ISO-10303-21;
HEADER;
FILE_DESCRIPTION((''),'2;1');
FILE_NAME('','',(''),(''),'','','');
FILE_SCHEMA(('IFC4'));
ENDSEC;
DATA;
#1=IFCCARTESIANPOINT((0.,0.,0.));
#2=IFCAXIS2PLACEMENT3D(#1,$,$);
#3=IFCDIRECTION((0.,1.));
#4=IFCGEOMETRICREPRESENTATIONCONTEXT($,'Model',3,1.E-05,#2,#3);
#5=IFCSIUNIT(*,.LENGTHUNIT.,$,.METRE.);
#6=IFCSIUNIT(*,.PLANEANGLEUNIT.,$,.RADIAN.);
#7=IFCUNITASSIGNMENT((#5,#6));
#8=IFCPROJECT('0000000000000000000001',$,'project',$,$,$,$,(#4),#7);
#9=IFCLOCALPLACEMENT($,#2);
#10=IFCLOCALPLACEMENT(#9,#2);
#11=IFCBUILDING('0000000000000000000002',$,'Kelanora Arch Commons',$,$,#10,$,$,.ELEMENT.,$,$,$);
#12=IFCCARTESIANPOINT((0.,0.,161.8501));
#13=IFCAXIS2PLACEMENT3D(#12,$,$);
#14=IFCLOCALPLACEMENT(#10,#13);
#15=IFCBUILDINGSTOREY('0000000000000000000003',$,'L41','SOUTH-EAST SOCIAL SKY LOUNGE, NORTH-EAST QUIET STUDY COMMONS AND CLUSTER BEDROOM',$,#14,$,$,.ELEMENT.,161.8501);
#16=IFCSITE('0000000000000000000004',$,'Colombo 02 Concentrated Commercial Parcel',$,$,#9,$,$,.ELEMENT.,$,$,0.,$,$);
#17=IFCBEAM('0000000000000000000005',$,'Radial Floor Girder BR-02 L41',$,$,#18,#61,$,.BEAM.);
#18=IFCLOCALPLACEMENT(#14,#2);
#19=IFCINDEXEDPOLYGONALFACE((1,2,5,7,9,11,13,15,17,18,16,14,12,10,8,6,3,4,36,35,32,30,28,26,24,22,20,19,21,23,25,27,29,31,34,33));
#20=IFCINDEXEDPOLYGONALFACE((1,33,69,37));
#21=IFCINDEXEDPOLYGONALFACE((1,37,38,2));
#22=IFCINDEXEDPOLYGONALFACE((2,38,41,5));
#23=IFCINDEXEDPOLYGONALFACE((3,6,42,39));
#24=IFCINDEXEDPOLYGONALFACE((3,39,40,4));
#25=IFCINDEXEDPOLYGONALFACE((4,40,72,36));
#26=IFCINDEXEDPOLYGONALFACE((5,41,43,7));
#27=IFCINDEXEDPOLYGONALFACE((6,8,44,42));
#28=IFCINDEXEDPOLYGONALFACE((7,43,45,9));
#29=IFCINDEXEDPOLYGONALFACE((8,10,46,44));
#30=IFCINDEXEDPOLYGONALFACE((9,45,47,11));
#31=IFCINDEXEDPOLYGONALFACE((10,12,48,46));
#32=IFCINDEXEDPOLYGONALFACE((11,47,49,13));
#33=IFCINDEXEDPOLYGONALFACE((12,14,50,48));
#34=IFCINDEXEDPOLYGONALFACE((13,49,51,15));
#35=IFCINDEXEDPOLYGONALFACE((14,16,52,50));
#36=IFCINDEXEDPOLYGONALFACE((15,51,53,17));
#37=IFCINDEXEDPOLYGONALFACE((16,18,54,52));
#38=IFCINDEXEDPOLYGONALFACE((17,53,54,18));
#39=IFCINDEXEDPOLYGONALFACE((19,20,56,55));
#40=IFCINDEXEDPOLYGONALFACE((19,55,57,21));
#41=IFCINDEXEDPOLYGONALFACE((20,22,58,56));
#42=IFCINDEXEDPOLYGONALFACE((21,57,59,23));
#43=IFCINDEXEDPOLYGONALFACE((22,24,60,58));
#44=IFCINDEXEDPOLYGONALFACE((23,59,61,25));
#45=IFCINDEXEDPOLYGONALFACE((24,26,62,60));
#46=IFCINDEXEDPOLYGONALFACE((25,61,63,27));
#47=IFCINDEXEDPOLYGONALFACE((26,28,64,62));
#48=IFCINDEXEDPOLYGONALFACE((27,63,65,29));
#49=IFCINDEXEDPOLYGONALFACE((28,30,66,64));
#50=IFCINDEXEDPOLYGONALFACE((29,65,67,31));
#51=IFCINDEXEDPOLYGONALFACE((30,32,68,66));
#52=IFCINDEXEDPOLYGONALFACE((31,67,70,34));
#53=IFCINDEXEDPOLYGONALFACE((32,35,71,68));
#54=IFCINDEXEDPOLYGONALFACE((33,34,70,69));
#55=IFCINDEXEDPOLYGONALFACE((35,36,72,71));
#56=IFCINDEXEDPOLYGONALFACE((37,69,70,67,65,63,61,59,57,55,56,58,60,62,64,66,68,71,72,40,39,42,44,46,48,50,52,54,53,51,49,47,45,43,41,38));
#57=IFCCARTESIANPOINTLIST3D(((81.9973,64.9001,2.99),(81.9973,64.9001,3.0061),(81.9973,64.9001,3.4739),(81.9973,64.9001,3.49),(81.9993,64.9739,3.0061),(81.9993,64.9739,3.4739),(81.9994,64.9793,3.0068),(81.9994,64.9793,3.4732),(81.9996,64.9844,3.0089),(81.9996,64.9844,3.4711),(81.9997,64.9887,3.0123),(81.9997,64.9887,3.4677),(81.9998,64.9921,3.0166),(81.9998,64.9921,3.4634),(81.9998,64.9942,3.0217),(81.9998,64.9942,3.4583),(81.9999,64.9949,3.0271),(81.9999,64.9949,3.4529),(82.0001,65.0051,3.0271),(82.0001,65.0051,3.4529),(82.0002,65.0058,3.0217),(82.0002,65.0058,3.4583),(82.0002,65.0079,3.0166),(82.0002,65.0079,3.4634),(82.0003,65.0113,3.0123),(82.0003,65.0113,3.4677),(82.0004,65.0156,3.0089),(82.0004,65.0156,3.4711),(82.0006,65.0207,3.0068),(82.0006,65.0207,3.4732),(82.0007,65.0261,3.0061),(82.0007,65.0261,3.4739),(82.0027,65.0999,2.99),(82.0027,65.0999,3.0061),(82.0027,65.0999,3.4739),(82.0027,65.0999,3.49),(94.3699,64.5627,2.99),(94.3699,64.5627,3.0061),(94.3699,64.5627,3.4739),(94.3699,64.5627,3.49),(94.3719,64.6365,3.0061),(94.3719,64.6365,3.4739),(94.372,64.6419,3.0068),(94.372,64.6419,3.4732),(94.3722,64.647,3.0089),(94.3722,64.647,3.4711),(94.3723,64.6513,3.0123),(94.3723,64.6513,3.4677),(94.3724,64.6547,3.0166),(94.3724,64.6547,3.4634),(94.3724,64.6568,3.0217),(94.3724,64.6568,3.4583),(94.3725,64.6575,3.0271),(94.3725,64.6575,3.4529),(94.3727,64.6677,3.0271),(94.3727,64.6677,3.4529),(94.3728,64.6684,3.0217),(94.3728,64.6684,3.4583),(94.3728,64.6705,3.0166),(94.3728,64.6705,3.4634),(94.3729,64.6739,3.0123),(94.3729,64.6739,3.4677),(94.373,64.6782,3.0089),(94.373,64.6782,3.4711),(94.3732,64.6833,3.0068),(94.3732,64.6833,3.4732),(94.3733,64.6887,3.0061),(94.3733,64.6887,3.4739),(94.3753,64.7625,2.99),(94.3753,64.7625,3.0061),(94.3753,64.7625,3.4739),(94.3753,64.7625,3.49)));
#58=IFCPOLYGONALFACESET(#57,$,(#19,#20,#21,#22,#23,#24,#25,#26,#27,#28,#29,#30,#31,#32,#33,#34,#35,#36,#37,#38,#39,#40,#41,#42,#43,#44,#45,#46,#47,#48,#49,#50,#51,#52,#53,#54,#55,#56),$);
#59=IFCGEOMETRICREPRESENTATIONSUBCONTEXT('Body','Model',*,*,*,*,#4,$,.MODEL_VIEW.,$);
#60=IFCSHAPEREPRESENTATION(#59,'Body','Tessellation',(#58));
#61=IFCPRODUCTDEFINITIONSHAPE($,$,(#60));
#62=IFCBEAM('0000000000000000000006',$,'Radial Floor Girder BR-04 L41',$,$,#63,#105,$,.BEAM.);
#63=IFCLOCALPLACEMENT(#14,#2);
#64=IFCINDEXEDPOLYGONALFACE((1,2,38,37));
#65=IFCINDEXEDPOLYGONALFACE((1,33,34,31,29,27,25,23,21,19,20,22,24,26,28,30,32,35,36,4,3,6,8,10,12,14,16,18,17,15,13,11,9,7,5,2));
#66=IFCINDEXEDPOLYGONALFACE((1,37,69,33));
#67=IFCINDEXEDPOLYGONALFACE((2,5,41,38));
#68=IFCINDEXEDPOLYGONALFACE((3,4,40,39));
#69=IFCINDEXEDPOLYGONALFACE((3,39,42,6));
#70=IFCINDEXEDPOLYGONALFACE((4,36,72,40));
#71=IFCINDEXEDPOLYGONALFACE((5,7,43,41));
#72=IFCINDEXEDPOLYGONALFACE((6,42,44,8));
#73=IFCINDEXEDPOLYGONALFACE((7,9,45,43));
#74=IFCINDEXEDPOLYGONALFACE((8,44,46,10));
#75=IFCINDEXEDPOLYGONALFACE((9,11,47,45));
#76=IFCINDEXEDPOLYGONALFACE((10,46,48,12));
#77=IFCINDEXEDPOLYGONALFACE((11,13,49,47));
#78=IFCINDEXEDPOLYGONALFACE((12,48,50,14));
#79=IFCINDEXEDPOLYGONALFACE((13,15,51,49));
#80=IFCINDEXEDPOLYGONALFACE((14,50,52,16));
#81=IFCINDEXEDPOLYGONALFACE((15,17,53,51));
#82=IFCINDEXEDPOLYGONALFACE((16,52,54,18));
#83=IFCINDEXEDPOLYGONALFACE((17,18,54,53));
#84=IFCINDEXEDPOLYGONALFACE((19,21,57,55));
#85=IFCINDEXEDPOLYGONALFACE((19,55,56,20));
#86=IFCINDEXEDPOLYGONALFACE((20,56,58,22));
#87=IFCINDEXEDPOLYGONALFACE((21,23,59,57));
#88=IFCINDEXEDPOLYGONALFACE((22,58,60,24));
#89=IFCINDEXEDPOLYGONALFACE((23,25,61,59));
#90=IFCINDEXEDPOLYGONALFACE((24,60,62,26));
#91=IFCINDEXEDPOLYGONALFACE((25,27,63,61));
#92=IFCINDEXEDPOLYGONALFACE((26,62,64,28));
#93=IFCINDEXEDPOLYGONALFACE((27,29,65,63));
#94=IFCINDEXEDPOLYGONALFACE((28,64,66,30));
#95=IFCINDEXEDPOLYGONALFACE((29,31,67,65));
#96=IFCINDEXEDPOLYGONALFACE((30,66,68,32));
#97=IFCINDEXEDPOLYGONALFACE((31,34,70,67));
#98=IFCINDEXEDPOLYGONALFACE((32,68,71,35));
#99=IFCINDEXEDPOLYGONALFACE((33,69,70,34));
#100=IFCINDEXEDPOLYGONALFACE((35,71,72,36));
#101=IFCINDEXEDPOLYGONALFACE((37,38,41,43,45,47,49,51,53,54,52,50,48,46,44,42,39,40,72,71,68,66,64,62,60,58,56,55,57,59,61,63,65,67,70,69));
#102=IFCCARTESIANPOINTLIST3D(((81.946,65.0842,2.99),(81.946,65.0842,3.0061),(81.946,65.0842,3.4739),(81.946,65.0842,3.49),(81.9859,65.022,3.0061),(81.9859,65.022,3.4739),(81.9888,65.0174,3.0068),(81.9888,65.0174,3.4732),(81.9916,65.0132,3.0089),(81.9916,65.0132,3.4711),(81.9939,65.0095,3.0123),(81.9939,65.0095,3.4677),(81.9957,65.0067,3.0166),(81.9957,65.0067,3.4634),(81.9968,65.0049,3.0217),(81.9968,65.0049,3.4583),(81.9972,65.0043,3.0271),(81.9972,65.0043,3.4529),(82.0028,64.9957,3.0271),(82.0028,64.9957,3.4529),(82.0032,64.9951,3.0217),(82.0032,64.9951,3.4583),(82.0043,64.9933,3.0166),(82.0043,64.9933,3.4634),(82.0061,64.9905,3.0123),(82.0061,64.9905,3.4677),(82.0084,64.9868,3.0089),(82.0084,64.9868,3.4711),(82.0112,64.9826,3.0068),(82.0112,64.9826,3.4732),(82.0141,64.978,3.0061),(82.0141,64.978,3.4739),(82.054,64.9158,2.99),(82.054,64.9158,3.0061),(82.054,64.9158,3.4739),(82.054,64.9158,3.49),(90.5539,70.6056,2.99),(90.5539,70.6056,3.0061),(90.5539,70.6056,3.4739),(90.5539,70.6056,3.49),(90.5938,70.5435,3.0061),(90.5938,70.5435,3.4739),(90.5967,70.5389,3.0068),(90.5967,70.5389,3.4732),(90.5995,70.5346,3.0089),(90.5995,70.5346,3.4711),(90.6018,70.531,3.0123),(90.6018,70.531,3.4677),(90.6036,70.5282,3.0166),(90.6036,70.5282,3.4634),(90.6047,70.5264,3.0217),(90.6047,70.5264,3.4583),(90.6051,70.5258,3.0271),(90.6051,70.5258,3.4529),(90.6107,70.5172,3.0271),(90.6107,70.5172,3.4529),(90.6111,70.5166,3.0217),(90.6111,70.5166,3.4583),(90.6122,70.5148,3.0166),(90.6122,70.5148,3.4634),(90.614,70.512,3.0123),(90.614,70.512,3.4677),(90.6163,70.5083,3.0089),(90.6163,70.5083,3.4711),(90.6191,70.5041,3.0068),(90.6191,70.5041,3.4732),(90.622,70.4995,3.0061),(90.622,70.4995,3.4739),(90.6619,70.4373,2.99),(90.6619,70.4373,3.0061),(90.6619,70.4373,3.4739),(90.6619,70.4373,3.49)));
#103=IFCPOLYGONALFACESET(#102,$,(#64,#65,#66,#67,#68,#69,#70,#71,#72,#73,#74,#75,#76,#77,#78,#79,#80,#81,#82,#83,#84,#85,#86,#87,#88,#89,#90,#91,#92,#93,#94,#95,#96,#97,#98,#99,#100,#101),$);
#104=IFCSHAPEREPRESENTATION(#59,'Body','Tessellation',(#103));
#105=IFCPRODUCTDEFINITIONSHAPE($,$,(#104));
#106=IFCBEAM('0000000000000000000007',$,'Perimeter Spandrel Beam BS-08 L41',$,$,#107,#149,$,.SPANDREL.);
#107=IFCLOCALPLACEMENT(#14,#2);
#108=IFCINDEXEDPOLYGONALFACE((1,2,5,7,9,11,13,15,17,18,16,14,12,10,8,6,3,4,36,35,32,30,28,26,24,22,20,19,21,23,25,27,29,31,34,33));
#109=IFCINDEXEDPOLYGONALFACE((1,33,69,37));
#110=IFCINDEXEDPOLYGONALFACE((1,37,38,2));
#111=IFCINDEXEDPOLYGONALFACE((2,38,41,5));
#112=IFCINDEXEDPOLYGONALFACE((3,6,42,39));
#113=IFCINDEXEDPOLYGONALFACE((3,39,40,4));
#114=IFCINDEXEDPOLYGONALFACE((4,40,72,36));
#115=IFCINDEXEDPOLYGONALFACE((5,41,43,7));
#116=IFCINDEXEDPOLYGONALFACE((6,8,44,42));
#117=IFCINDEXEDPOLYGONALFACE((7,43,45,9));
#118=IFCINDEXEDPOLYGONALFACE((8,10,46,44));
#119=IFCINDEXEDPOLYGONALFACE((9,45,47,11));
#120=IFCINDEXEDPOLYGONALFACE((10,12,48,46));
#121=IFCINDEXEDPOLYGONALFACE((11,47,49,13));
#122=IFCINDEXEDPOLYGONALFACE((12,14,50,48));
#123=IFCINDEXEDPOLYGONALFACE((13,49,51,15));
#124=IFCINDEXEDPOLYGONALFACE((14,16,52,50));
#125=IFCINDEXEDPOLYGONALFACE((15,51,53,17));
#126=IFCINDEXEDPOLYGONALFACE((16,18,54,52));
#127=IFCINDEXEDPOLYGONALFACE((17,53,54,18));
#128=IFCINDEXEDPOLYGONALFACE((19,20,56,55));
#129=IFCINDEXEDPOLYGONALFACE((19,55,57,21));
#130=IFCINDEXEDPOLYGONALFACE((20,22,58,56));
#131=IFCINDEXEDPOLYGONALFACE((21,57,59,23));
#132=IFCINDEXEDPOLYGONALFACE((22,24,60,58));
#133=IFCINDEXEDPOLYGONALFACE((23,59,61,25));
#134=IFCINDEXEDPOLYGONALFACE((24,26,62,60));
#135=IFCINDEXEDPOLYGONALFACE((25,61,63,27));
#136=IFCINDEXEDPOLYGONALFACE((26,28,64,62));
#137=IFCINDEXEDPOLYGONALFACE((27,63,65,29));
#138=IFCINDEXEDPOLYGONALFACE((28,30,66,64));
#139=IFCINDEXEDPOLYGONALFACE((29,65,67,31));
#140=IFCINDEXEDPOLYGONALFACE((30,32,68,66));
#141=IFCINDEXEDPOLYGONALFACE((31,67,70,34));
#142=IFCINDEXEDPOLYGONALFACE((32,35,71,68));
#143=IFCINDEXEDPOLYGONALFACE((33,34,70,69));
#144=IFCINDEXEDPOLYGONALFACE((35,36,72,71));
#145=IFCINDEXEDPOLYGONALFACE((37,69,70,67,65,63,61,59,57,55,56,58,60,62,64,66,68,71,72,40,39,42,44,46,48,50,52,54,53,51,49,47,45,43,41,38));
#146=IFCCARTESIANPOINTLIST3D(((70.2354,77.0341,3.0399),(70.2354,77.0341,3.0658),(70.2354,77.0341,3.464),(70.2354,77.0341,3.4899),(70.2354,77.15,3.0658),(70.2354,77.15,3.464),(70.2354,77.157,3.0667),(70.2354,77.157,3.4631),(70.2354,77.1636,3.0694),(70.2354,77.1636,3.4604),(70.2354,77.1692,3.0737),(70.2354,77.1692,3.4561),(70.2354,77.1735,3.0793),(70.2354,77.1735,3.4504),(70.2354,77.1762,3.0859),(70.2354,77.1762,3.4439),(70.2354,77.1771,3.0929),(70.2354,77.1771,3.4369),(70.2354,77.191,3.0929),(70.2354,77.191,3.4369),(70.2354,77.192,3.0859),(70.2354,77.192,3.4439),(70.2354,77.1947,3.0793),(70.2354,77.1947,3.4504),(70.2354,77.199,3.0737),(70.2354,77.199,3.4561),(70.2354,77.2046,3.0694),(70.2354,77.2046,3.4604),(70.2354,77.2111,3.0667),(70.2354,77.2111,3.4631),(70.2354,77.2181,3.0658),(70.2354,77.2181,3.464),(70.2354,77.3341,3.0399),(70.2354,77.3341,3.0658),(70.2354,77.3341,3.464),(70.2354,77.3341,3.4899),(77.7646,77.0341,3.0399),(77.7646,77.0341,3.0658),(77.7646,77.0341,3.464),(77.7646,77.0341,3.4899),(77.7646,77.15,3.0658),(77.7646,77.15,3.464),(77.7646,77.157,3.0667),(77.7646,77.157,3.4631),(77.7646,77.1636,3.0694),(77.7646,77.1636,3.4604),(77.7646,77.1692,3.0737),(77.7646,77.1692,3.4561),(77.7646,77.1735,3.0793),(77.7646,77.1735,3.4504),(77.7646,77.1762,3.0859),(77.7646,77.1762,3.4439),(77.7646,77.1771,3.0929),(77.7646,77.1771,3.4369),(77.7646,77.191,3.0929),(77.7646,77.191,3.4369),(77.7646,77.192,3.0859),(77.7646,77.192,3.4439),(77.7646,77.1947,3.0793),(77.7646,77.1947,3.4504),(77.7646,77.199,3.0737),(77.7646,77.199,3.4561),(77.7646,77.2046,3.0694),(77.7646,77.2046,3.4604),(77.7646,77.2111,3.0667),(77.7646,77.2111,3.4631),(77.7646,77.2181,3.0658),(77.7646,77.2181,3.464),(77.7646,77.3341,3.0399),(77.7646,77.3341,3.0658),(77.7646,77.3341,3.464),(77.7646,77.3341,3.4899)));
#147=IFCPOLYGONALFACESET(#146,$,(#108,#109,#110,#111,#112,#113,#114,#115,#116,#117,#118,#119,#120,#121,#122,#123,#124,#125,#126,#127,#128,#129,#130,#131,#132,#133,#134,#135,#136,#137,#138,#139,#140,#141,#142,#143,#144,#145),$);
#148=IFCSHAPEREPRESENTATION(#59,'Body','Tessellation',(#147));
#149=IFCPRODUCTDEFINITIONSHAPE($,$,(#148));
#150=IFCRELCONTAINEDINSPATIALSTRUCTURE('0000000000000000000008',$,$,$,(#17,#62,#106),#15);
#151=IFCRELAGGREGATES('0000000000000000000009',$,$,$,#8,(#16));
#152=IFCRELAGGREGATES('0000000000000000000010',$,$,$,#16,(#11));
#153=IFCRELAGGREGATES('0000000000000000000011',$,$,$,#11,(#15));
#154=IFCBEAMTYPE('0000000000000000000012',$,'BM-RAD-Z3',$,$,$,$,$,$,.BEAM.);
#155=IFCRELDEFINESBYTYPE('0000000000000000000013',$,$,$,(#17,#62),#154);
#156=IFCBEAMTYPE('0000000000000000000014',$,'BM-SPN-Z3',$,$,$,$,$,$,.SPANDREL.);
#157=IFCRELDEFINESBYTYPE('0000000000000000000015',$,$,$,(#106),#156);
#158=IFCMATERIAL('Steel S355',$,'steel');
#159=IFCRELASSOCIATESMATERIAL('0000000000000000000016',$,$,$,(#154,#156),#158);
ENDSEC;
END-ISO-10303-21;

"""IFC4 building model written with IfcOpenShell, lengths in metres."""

from ifc_helpers import new_model, si_unit, direction, frame, origin, origin_2d, place, context, subcontext, project, spatial, i_section, extrude, material, material_profile, profile_set, type_object, element, save


model = new_model("IFC4")

# Units and contexts
model_context = context("Model", 3, precision=1e-05, world=origin(), true_north=direction((0.0, 1.0)))
body_context = subcontext(model_context, "Body", "Model", "MODEL_VIEW")
ifc_project = project(units=[si_unit("LENGTHUNIT", "METRE"), si_unit("PLANEANGLEUNIT", "RADIAN")], contexts=[model_context])

# Site, building, storey
site_placement = place(None, origin())
site = spatial("IfcSite", under=ifc_project, at=site_placement, Name="Colombo 02 Concentrated Commercial Parcel", CompositionType="ELEMENT", RefElevation=0.0)
building_placement = place(site_placement, origin())
building = spatial("IfcBuilding", under=site, at=building_placement, Name="Kelanora Arch Commons", CompositionType="ELEMENT")
storey_placement = place(building_placement, frame((0.0, 0.0, 161.8501)))
storey = spatial("IfcBuildingStorey", under=building, at=storey_placement, Name="L41", Description="SOUTH-EAST SOCIAL SKY LOUNGE, NORTH-EAST QUIET STUDY COMMONS AND CLUSTER BEDROOM", CompositionType="ELEMENT", Elevation=161.8501)

# Beams
ifc_material_1 = material(Name="Steel S355", Category="steel")
ifc_material_profile_1 = material_profile(ifc_material_1, i_section(OverallWidth=0.2, OverallDepth=0.5, WebThickness=0.0103, FlangeThickness=0.0161, FilletRadius=0.021, at=origin_2d()), Name="IPE500")
ifc_profile_set_1 = profile_set([ifc_material_profile_1], Name="Steel S355")
beam_type_1 = type_object("IfcBeamType", Name="BM-RAD-Z3", PredefinedType="BEAM", material=ifc_profile_set_1)
beam_1_placement = place(storey_placement, frame((82.0, 65.0, 3.24), z_axis=(0.999628, -0.02726, 0.0), x_axis=(0.02726, 0.999628, 0.0)))
element("IfcBeam", 1, at=beam_1_placement, inside=storey, type_object=beam_type_1, Name="Radial Floor Girder BR-02 L41", PredefinedType="BEAM", context=body_context, shape_type="SweptSolid", body=[
    extrude(i_section(OverallWidth=0.2, OverallDepth=0.5, WebThickness=0.0103, FlangeThickness=0.0161, FilletRadius=0.021, at=origin_2d()), origin(), (0.0, 0.0, 1.0), 12.3772),
])
beam_2_placement = place(storey_placement, frame((82.0, 65.0, 3.24), z_axis=(0.841719, 0.539915, 0.0), x_axis=(-0.539915, 0.841719, 0.0)))
element("IfcBeam", 2, at=beam_2_placement, inside=storey, type_object=beam_type_1, Name="Radial Floor Girder BR-04 L41", PredefinedType="BEAM", context=body_context, shape_type="SweptSolid", body=[
    extrude(i_section(OverallWidth=0.2, OverallDepth=0.5, WebThickness=0.0103, FlangeThickness=0.0161, FilletRadius=0.021, at=origin_2d()), origin(), (0.0, 0.0, 1.0), 10.2266),
])
ifc_material_profile_2 = material_profile(ifc_material_1, i_section(OverallWidth=0.3, OverallDepth=0.45, WebThickness=0.0139, FlangeThickness=0.0259, FilletRadius=0.0271, at=origin_2d()), Name="HEB450")
ifc_profile_set_2 = profile_set([ifc_material_profile_2], Name="Steel S355")
beam_type_2 = type_object("IfcBeamType", Name="BM-SPN-Z3", PredefinedType="SPANDREL", material=ifc_profile_set_2)
beam_3_placement = place(storey_placement, frame((77.7646, 77.1841, 3.2649), z_axis=(-1.0, 0.0, 0.0), x_axis=(0.0, -1.0, 0.0)))
element("IfcBeam", 3, at=beam_3_placement, inside=storey, type_object=beam_type_2, Name="Perimeter Spandrel Beam BS-08 L41", PredefinedType="SPANDREL", context=body_context, shape_type="SweptSolid", body=[
    extrude(i_section(OverallWidth=0.3, OverallDepth=0.45, WebThickness=0.0139, FlangeThickness=0.0259, FilletRadius=0.0271, at=origin_2d()), origin(), (0.0, 0.0, 1.0), 7.5293),
])

save(model, "model.ifc")
